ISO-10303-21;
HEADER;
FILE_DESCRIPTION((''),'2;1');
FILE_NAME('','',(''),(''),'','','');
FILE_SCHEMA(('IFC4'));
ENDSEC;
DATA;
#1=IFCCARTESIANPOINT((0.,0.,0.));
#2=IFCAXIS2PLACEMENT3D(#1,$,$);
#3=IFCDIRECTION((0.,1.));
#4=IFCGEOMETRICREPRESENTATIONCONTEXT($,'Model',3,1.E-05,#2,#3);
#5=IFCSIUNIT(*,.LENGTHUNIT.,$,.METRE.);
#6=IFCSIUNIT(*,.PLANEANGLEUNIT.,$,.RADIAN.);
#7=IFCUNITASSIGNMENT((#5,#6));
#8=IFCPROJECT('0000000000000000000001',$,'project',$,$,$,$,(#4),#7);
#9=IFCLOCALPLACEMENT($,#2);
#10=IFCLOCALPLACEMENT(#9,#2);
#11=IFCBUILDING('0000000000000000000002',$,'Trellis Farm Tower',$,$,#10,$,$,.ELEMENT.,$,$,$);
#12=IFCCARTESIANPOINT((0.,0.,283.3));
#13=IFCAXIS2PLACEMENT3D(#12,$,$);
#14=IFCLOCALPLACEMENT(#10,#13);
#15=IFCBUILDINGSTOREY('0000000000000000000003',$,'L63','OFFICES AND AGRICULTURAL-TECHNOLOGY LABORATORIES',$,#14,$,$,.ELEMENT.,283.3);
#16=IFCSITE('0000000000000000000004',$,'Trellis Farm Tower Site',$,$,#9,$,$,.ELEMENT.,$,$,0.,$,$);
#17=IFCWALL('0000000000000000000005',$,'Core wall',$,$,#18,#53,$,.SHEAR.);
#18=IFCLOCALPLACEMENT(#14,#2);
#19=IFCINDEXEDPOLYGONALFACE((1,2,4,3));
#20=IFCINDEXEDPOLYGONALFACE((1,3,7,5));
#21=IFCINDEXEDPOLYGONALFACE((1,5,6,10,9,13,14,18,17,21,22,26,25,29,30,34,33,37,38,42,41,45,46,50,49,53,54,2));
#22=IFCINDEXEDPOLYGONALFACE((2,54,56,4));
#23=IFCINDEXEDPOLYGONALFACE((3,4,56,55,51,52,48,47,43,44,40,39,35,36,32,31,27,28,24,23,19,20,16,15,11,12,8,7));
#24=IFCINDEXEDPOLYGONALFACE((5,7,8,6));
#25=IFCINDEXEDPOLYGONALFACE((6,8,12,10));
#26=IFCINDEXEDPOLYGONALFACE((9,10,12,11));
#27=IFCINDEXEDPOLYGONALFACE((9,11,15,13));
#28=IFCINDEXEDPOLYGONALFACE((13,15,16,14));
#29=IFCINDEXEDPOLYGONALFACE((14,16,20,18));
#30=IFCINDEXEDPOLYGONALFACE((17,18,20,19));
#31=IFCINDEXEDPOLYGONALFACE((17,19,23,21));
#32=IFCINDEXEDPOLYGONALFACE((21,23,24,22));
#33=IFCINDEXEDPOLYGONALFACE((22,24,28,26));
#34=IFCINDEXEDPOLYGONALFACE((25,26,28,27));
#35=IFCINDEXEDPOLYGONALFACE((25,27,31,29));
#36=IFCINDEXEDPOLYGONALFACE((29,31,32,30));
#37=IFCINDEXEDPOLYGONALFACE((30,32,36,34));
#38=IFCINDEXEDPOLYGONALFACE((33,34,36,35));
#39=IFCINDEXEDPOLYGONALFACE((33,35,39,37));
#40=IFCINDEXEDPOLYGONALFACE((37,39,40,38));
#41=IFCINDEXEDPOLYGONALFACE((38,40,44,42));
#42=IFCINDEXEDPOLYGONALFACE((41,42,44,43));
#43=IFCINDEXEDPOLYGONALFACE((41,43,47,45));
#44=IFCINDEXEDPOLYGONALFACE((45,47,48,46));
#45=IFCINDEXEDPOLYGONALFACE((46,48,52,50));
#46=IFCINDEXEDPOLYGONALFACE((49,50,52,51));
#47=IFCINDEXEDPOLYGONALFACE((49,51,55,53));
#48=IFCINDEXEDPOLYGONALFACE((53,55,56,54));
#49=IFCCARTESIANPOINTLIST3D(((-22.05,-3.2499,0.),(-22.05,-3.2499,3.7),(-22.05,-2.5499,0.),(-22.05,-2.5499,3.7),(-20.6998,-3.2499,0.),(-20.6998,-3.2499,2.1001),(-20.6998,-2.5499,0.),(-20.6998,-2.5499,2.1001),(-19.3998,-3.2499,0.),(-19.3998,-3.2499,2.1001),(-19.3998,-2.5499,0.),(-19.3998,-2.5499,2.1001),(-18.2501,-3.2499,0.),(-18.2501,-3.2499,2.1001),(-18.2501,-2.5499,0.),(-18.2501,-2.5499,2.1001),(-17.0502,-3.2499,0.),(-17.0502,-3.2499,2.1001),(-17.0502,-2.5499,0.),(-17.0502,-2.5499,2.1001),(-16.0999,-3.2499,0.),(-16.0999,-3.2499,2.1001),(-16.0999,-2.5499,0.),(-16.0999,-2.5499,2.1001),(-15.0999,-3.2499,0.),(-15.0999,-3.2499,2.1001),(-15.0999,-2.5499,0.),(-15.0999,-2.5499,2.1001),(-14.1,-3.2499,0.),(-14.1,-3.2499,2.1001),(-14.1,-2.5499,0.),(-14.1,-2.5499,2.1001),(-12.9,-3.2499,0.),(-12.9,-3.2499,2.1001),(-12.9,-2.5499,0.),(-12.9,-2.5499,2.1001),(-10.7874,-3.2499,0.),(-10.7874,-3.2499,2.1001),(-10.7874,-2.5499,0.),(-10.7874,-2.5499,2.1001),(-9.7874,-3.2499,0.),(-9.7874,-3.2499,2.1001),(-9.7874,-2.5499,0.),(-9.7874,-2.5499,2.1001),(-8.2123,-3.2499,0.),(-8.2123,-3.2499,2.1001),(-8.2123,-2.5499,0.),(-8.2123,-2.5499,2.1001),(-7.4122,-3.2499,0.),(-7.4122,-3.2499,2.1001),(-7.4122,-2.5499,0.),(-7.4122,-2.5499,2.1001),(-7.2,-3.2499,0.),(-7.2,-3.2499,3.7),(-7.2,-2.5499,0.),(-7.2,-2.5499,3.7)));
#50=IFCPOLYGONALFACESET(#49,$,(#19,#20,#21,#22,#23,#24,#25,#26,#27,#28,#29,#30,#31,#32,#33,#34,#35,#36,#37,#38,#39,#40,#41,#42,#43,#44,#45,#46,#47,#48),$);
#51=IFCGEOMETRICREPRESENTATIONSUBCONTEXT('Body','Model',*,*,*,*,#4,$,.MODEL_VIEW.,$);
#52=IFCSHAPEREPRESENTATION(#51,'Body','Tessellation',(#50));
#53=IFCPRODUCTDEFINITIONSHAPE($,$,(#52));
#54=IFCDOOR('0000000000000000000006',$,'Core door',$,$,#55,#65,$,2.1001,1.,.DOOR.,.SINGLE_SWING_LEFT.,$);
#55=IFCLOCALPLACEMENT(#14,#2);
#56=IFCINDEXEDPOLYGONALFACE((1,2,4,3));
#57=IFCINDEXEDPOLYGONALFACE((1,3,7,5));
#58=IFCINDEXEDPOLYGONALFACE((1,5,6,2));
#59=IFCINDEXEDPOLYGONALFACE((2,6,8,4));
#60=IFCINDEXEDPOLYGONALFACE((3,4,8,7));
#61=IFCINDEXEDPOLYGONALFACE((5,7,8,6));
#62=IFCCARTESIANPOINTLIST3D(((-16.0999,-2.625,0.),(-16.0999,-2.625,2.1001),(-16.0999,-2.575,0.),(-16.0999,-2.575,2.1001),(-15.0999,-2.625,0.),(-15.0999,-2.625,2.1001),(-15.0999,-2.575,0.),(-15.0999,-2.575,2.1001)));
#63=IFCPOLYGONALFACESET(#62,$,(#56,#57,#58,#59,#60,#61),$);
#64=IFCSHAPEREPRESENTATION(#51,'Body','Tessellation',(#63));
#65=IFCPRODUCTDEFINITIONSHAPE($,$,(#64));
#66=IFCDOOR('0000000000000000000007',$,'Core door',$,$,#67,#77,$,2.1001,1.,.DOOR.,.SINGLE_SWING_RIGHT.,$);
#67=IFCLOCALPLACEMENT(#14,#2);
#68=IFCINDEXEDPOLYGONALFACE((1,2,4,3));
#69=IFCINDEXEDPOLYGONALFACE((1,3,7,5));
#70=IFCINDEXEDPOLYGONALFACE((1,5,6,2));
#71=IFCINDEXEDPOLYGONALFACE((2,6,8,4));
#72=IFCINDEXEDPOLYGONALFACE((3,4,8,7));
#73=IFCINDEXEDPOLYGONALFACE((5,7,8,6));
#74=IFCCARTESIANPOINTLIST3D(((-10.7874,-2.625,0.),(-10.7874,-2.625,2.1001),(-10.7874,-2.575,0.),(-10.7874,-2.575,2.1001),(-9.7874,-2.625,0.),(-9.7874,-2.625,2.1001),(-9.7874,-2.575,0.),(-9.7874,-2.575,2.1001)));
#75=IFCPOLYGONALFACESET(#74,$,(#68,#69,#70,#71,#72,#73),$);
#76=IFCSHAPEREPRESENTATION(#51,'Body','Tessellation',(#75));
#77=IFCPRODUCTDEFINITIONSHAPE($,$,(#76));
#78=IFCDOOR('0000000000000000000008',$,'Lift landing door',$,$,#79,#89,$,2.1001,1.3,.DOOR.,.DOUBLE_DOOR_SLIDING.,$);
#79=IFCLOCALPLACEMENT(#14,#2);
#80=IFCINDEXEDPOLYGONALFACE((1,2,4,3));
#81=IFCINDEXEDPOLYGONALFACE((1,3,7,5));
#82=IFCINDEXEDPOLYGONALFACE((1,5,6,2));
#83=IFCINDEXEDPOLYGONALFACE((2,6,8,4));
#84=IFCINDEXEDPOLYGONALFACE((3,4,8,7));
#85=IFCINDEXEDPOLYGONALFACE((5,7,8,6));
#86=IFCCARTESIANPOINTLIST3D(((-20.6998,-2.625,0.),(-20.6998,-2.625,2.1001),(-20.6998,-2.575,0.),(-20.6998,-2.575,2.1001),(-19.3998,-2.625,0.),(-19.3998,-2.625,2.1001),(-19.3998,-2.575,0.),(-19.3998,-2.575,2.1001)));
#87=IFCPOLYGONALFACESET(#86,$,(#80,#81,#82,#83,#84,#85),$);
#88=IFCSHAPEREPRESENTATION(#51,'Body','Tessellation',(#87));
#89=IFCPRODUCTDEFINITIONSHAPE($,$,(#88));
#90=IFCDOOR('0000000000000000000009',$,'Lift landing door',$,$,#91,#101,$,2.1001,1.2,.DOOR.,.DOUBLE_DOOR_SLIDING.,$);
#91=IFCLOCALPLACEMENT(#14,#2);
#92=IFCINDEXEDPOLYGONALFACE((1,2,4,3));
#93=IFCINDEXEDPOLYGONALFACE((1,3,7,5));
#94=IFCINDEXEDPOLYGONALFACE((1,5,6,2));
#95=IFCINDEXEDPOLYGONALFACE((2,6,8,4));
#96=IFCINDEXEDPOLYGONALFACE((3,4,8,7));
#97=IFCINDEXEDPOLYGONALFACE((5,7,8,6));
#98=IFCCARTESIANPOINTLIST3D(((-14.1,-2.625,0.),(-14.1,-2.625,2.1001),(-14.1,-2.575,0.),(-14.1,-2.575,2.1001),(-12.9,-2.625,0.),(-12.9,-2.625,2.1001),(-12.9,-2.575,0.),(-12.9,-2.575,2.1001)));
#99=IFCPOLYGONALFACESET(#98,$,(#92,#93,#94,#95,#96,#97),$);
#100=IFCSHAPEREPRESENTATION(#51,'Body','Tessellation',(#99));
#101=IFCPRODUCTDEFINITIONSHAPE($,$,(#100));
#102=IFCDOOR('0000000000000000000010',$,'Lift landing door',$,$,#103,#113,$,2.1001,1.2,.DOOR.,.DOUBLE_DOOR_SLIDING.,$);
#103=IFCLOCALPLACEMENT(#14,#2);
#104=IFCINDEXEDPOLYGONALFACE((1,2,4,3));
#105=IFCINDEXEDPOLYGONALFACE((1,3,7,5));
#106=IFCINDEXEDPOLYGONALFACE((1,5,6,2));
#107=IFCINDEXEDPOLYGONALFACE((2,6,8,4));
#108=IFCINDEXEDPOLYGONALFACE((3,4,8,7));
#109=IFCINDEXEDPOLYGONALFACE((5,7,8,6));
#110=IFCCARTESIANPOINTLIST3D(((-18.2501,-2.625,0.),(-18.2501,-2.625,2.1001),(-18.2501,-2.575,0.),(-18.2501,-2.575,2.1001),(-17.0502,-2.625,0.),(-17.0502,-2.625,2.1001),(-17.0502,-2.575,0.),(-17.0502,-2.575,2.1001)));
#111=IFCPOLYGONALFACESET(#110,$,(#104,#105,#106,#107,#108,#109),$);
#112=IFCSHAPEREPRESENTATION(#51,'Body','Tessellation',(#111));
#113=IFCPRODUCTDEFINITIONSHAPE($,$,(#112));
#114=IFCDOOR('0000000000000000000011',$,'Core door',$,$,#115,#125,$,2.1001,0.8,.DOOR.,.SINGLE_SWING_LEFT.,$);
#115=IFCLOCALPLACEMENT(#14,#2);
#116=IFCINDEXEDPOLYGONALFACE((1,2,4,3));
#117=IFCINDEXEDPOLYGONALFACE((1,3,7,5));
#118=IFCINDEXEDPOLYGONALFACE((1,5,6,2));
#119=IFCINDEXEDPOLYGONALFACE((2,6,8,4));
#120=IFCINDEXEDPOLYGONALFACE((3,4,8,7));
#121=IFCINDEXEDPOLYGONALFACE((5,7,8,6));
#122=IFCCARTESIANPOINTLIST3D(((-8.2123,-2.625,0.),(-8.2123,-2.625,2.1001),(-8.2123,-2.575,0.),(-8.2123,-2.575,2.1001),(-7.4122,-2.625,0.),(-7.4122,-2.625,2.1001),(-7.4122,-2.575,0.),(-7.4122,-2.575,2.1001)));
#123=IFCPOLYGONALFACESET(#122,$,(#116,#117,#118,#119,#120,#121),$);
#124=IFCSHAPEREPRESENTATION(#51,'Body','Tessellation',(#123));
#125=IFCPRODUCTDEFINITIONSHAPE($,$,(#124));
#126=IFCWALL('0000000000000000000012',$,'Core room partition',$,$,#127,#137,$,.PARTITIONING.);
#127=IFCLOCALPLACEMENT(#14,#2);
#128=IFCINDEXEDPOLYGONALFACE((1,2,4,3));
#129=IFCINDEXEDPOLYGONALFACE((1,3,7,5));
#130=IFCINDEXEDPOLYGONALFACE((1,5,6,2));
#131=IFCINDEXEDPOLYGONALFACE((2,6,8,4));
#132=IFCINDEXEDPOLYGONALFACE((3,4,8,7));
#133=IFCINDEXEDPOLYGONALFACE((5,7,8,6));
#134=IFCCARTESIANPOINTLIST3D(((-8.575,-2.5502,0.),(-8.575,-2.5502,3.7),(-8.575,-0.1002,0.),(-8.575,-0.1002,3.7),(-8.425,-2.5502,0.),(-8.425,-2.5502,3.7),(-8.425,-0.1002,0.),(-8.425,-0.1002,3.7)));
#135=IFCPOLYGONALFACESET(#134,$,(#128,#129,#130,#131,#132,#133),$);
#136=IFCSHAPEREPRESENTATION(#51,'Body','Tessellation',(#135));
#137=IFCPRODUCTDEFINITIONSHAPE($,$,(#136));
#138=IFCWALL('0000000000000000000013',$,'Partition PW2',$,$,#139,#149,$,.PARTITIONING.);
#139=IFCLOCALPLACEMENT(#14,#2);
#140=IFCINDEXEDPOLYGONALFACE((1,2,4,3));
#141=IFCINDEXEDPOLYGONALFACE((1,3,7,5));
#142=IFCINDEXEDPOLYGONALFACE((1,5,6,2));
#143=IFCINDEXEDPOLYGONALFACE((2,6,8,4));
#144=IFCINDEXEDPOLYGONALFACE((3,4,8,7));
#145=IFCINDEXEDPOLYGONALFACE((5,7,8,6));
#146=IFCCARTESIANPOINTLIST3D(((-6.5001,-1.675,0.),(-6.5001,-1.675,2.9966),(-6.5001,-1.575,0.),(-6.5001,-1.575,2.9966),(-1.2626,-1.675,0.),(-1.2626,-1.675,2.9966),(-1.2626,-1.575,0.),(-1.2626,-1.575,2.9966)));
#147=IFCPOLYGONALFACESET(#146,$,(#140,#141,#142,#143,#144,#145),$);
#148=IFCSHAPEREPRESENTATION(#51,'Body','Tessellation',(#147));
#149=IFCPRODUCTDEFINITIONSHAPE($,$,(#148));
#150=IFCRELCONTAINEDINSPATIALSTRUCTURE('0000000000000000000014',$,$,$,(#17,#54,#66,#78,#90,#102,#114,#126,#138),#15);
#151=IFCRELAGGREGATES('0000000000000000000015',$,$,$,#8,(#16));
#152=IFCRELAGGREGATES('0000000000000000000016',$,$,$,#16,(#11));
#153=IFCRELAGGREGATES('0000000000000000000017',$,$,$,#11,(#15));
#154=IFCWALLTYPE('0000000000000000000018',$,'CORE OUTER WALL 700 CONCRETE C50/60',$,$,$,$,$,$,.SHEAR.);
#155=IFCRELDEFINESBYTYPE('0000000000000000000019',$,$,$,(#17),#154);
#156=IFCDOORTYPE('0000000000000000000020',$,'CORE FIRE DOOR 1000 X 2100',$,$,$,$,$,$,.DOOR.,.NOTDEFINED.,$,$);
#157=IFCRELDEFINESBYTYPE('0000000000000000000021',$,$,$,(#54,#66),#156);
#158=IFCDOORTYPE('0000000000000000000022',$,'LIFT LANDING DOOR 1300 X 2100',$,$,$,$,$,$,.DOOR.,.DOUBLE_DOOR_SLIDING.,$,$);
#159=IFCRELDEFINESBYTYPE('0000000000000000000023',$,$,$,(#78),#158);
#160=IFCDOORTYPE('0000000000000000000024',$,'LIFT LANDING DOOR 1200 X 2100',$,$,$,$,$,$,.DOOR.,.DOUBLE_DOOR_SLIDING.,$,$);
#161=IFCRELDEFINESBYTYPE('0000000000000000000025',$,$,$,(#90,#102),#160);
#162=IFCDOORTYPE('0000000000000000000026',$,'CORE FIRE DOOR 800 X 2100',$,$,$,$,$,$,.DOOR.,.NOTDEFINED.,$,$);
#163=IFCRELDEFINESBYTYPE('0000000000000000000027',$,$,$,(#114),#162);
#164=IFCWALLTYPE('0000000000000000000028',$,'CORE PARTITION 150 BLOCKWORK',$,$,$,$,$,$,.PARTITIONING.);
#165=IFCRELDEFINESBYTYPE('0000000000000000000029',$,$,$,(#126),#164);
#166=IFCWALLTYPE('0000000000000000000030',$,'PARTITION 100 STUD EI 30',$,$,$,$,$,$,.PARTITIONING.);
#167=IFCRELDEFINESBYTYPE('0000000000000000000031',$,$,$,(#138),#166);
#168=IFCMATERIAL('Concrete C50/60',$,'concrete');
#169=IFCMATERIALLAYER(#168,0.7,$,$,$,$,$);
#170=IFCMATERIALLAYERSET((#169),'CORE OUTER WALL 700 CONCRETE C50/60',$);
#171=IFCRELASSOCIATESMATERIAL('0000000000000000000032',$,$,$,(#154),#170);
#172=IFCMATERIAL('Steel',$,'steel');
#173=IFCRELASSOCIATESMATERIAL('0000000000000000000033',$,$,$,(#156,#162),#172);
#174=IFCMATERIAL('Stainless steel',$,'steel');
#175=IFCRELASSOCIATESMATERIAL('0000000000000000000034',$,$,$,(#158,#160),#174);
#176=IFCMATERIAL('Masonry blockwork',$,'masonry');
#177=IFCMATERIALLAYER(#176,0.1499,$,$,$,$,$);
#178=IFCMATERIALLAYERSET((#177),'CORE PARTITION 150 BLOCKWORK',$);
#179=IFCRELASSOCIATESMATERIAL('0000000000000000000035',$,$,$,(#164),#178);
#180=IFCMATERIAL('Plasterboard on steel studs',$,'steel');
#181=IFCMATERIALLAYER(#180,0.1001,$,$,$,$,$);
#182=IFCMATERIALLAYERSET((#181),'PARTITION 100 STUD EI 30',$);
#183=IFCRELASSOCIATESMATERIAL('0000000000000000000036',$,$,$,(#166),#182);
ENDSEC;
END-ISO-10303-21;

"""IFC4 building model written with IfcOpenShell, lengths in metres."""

from ifc_helpers import new_model, si_unit, direction, frame, frame_2d, origin, place, context, subcontext, project, spatial, rectangle, extrude, source, transform, mapped, material, layer, layer_set, type_object, element, fill, save


model = new_model("IFC4")

# Units and contexts
model_context = context("Model", 3, precision=1e-05, world=origin(), true_north=direction((0.0, 1.0)))
body_context = subcontext(model_context, "Body", "Model", "MODEL_VIEW")
ifc_project = project(units=[si_unit("LENGTHUNIT", "METRE"), si_unit("PLANEANGLEUNIT", "RADIAN")], contexts=[model_context])

# Site, building, storey
site_placement = place(None, origin())
site = spatial("IfcSite", under=ifc_project, at=site_placement, Name="Trellis Farm Tower Site", CompositionType="ELEMENT", RefElevation=0.0)
building_placement = place(site_placement, origin())
building = spatial("IfcBuilding", under=site, at=building_placement, Name="Trellis Farm Tower", CompositionType="ELEMENT")
storey_placement = place(building_placement, frame((0.0, 0.0, 283.3)))
storey = spatial("IfcBuildingStorey", under=building, at=storey_placement, Name="L63", Description="OFFICES AND AGRICULTURAL-TECHNOLOGY LABORATORIES", CompositionType="ELEMENT", Elevation=283.3)

# Shared definitions
ifc_material_1 = material(Name="Concrete C50/60", Category="concrete")

# Shared definitions
ifc_material_2 = material(Name="Masonry blockwork", Category="masonry")
ifc_material_3 = material(Name="Steel", Category="steel")

# Wall, openings, doors
ifc_layer_1 = layer(ifc_material_1, 0.7)
ifc_layer_set_1 = layer_set([ifc_layer_1], Name="CORE OUTER WALL 700 CONCRETE C50/60")
wall_type_1 = type_object("IfcWallType", Name="CORE OUTER WALL 700 CONCRETE C50/60", PredefinedType="SHEAR", material=ifc_layer_set_1)
shared_shape_1 = source(origin(), body_context, "Body", "SweptSolid", [
    extrude(rectangle(XDim=14.8501, YDim=0.7, at=frame_2d((7.425, 0.0))), origin(), (0.0, 0.0, 1.0), 3.7),
])
wall_1_placement = place(storey_placement, frame((-7.2, -2.8999, 0.0), z_axis=(0.0, 0.0, 1.0), x_axis=(-1.0, 0.0, 0.0)))
wall_1 = element("IfcWall", 1, at=wall_1_placement, inside=storey, type_object=wall_type_1, Name="Core wall", PredefinedType="SHEAR", context=body_context, shape_type="MappedRepresentation", body=[
    mapped(shared_shape_1, transform((0.0, 0.0, 0.0))),
])
shared_shape_2 = source(origin(), body_context, "Body", "SweptSolid", [
    extrude(rectangle(XDim=1.2, YDim=2.1001, at=frame_2d((0.6001, 1.05))), frame((0.0, 0.3601, 0.0), z_axis=(0.0, -1.0, 0.0), x_axis=(1.0, 0.0, 0.0)), (0.0, 0.0, 1.0), 0.7202),
])
opening_1_placement = place(wall_1_placement, frame((5.7, 0.0, 0.0)))
opening_1 = element("IfcOpeningElement", 2, at=opening_1_placement, cuts=wall_1, PredefinedType="OPENING", context=body_context, shape_type="MappedRepresentation", body=[
    mapped(shared_shape_2, transform((0.0, 0.0, 0.0))),
])
shared_shape_3 = source(origin(), body_context, "Body", "SweptSolid", [
    extrude(rectangle(XDim=1.3, YDim=2.1001, at=frame_2d((0.6499, 1.05))), frame((0.0, 0.3601, 0.0), z_axis=(0.0, -1.0, 0.0), x_axis=(1.0, 0.0, 0.0)), (0.0, 0.0, 1.0), 0.7202),
])
opening_2_placement = place(wall_1_placement, frame((12.2, 0.0, 0.0)))
opening_2 = element("IfcOpeningElement", 3, at=opening_2_placement, cuts=wall_1, PredefinedType="OPENING", context=body_context, shape_type="MappedRepresentation", body=[
    mapped(shared_shape_3, transform((0.0, 0.0, 0.0))),
])
opening_3_placement = place(wall_1_placement, frame((9.8501, 0.0, 0.0)))
opening_3 = element("IfcOpeningElement", 4, at=opening_3_placement, cuts=wall_1, PredefinedType="OPENING", context=body_context, shape_type="MappedRepresentation", body=[
    mapped(shared_shape_2, transform((0.0, 0.0, 0.0))),
])
shared_shape_4 = source(origin(), body_context, "Body", "SweptSolid", [
    extrude(rectangle(XDim=1.0, YDim=2.1001, at=frame_2d((0.5, 1.05))), frame((0.0, 0.3601, 0.0), z_axis=(0.0, -1.0, 0.0), x_axis=(1.0, 0.0, 0.0)), (0.0, 0.0, 1.0), 0.7202),
])
opening_4_placement = place(wall_1_placement, frame((7.8999, 0.0, 0.0)))
opening_4 = element("IfcOpeningElement", 5, at=opening_4_placement, cuts=wall_1, PredefinedType="OPENING", context=body_context, shape_type="MappedRepresentation", body=[
    mapped(shared_shape_4, transform((0.0, 0.0, 0.0))),
])
shared_shape_5 = source(origin(), body_context, "Body", "SweptSolid", [
    extrude(rectangle(XDim=0.8, YDim=2.1001, at=frame_2d((0.3999, 1.05))), frame((0.0, 0.3601, 0.0), z_axis=(0.0, -1.0, 0.0), x_axis=(1.0, 0.0, 0.0)), (0.0, 0.0, 1.0), 0.7202),
])
opening_5_placement = place(wall_1_placement, frame((0.2124, 0.0, 0.0)))
opening_5 = element("IfcOpeningElement", 6, at=opening_5_placement, cuts=wall_1, PredefinedType="OPENING", context=body_context, shape_type="MappedRepresentation", body=[
    mapped(shared_shape_5, transform((0.0, 0.0, 0.0))),
])
opening_6_placement = place(wall_1_placement, frame((2.5874, 0.0, 0.0)))
opening_6 = element("IfcOpeningElement", 7, at=opening_6_placement, cuts=wall_1, PredefinedType="OPENING", context=body_context, shape_type="MappedRepresentation", body=[
    mapped(shared_shape_4, transform((0.0, 0.0, 0.0))),
])
door_type_1 = type_object("IfcDoorType", Name="CORE FIRE DOOR 1000 X 2100", OperationType="NOTDEFINED", PredefinedType="DOOR", material=ifc_material_3)
shared_shape_6 = source(origin(), body_context, "Body", "SweptSolid", [
    extrude(rectangle(XDim=1.0, YDim=2.1001, at=frame_2d((0.5, 1.05))), frame((0.0, -0.2749, 0.0), z_axis=(0.0, -1.0, 0.0), x_axis=(1.0, 0.0, 0.0)), (0.0, 0.0, 1.0), 0.05),
])
door_1_placement = place(opening_4_placement, origin())
door_1 = element("IfcDoor", 8, at=door_1_placement, inside=storey, type_object=door_type_1, Name="Core door", OperationType="SINGLE_SWING_LEFT", OverallHeight=2.1001, OverallWidth=1.0, PredefinedType="DOOR", context=body_context, shape_type="MappedRepresentation", body=[
    mapped(shared_shape_6, transform((0.0, 0.0, 0.0))),
])
fill(opening_4, door_1)
door_2_placement = place(opening_6_placement, origin())
door_2 = element("IfcDoor", 9, at=door_2_placement, inside=storey, type_object=door_type_1, Name="Core door", OperationType="SINGLE_SWING_RIGHT", OverallHeight=2.1001, OverallWidth=1.0, PredefinedType="DOOR", context=body_context, shape_type="MappedRepresentation", body=[
    mapped(shared_shape_6, transform((0.0, 0.0, 0.0))),
])
fill(opening_6, door_2)
ifc_material_4 = material(Name="Stainless steel", Category="steel")
door_type_2 = type_object("IfcDoorType", Name="LIFT LANDING DOOR 1300 X 2100", OperationType="DOUBLE_DOOR_SLIDING", PredefinedType="DOOR", material=ifc_material_4)
shared_shape_7 = source(origin(), body_context, "Body", "SweptSolid", [
    extrude(rectangle(XDim=1.3, YDim=2.1001, at=frame_2d((0.6499, 1.05))), frame((0.0, -0.2749, 0.0), z_axis=(0.0, -1.0, 0.0), x_axis=(1.0, 0.0, 0.0)), (0.0, 0.0, 1.0), 0.05),
])
door_3_placement = place(opening_2_placement, origin())
door_3 = element("IfcDoor", 10, at=door_3_placement, inside=storey, type_object=door_type_2, Name="Lift landing door", OperationType="DOUBLE_DOOR_SLIDING", OverallHeight=2.1001, OverallWidth=1.3, PredefinedType="DOOR", context=body_context, shape_type="MappedRepresentation", body=[
    mapped(shared_shape_7, transform((0.0, 0.0, 0.0))),
])
fill(opening_2, door_3)
door_type_3 = type_object("IfcDoorType", Name="LIFT LANDING DOOR 1200 X 2100", OperationType="DOUBLE_DOOR_SLIDING", PredefinedType="DOOR", material=ifc_material_4)
shared_shape_8 = source(origin(), body_context, "Body", "SweptSolid", [
    extrude(rectangle(XDim=1.2, YDim=2.1001, at=frame_2d((0.6001, 1.05))), frame((0.0, -0.2749, 0.0), z_axis=(0.0, -1.0, 0.0), x_axis=(1.0, 0.0, 0.0)), (0.0, 0.0, 1.0), 0.05),
])
door_4_placement = place(opening_1_placement, origin())
door_4 = element("IfcDoor", 11, at=door_4_placement, inside=storey, type_object=door_type_3, Name="Lift landing door", OperationType="DOUBLE_DOOR_SLIDING", OverallHeight=2.1001, OverallWidth=1.2, PredefinedType="DOOR", context=body_context, shape_type="MappedRepresentation", body=[
    mapped(shared_shape_8, transform((0.0, 0.0, 0.0))),
])
fill(opening_1, door_4)
door_5_placement = place(opening_3_placement, origin())
door_5 = element("IfcDoor", 12, at=door_5_placement, inside=storey, type_object=door_type_3, Name="Lift landing door", OperationType="DOUBLE_DOOR_SLIDING", OverallHeight=2.1001, OverallWidth=1.2, PredefinedType="DOOR", context=body_context, shape_type="MappedRepresentation", body=[
    mapped(shared_shape_8, transform((0.0, 0.0, 0.0))),
])
fill(opening_3, door_5)
door_type_4 = type_object("IfcDoorType", Name="CORE FIRE DOOR 800 X 2100", OperationType="NOTDEFINED", PredefinedType="DOOR", material=ifc_material_3)
shared_shape_9 = source(origin(), body_context, "Body", "SweptSolid", [
    extrude(rectangle(XDim=0.8, YDim=2.1001, at=frame_2d((0.3999, 1.05))), frame((0.0, -0.2749, 0.0), z_axis=(0.0, -1.0, 0.0), x_axis=(1.0, 0.0, 0.0)), (0.0, 0.0, 1.0), 0.05),
])
door_6_placement = place(opening_5_placement, origin())
door_6 = element("IfcDoor", 13, at=door_6_placement, inside=storey, type_object=door_type_4, Name="Core door", OperationType="SINGLE_SWING_LEFT", OverallHeight=2.1001, OverallWidth=0.8, PredefinedType="DOOR", context=body_context, shape_type="MappedRepresentation", body=[
    mapped(shared_shape_9, transform((0.0, 0.0, 0.0))),
])
fill(opening_5, door_6)

# Walls
ifc_layer_2 = layer(ifc_material_2, 0.1499)
ifc_layer_set_2 = layer_set([ifc_layer_2], Name="CORE PARTITION 150 BLOCKWORK")
wall_type_2 = type_object("IfcWallType", Name="CORE PARTITION 150 BLOCKWORK", PredefinedType="PARTITIONING", material=ifc_layer_set_2)
shared_shape_10 = source(origin(), body_context, "Body", "SweptSolid", [
    extrude(rectangle(XDim=2.45, YDim=0.1499, at=frame_2d((1.2251, 0.0))), origin(), (0.0, 0.0, 1.0), 3.7),
])
wall_2_placement = place(storey_placement, frame((-8.5, -0.1001, 0.0), z_axis=(0.0, 0.0, 1.0), x_axis=(0.0, -1.0, 0.0)))
element("IfcWall", 14, at=wall_2_placement, inside=storey, type_object=wall_type_2, Name="Core room partition", PredefinedType="PARTITIONING", context=body_context, shape_type="MappedRepresentation", body=[
    mapped(shared_shape_10, transform((0.0, 0.0, 0.0))),
])
ifc_material_5 = material(Name="Plasterboard on steel studs", Category="steel")
ifc_layer_3 = layer(ifc_material_5, 0.1001)
ifc_layer_set_3 = layer_set([ifc_layer_3], Name="PARTITION 100 STUD EI 30")
wall_type_3 = type_object("IfcWallType", Name="PARTITION 100 STUD EI 30", PredefinedType="PARTITIONING", material=ifc_layer_set_3)
shared_shape_11 = source(origin(), body_context, "Body", "SweptSolid", [
    extrude(rectangle(XDim=5.2375, YDim=0.1001, at=frame_2d((2.6187, 0.0))), origin(), (0.0, 0.0, 1.0), 2.9966),
])
wall_3_placement = place(storey_placement, frame((-6.5, -1.625, 0.0), z_axis=(0.0, 0.0, 1.0), x_axis=(1.0, 0.0, 0.0)))
element("IfcWall", 15, at=wall_3_placement, inside=storey, type_object=wall_type_3, Name="Partition PW2", PredefinedType="PARTITIONING", context=body_context, shape_type="MappedRepresentation", body=[
    mapped(shared_shape_11, transform((0.0, 0.0, 0.0))),
])

save(model, "model.ifc")
